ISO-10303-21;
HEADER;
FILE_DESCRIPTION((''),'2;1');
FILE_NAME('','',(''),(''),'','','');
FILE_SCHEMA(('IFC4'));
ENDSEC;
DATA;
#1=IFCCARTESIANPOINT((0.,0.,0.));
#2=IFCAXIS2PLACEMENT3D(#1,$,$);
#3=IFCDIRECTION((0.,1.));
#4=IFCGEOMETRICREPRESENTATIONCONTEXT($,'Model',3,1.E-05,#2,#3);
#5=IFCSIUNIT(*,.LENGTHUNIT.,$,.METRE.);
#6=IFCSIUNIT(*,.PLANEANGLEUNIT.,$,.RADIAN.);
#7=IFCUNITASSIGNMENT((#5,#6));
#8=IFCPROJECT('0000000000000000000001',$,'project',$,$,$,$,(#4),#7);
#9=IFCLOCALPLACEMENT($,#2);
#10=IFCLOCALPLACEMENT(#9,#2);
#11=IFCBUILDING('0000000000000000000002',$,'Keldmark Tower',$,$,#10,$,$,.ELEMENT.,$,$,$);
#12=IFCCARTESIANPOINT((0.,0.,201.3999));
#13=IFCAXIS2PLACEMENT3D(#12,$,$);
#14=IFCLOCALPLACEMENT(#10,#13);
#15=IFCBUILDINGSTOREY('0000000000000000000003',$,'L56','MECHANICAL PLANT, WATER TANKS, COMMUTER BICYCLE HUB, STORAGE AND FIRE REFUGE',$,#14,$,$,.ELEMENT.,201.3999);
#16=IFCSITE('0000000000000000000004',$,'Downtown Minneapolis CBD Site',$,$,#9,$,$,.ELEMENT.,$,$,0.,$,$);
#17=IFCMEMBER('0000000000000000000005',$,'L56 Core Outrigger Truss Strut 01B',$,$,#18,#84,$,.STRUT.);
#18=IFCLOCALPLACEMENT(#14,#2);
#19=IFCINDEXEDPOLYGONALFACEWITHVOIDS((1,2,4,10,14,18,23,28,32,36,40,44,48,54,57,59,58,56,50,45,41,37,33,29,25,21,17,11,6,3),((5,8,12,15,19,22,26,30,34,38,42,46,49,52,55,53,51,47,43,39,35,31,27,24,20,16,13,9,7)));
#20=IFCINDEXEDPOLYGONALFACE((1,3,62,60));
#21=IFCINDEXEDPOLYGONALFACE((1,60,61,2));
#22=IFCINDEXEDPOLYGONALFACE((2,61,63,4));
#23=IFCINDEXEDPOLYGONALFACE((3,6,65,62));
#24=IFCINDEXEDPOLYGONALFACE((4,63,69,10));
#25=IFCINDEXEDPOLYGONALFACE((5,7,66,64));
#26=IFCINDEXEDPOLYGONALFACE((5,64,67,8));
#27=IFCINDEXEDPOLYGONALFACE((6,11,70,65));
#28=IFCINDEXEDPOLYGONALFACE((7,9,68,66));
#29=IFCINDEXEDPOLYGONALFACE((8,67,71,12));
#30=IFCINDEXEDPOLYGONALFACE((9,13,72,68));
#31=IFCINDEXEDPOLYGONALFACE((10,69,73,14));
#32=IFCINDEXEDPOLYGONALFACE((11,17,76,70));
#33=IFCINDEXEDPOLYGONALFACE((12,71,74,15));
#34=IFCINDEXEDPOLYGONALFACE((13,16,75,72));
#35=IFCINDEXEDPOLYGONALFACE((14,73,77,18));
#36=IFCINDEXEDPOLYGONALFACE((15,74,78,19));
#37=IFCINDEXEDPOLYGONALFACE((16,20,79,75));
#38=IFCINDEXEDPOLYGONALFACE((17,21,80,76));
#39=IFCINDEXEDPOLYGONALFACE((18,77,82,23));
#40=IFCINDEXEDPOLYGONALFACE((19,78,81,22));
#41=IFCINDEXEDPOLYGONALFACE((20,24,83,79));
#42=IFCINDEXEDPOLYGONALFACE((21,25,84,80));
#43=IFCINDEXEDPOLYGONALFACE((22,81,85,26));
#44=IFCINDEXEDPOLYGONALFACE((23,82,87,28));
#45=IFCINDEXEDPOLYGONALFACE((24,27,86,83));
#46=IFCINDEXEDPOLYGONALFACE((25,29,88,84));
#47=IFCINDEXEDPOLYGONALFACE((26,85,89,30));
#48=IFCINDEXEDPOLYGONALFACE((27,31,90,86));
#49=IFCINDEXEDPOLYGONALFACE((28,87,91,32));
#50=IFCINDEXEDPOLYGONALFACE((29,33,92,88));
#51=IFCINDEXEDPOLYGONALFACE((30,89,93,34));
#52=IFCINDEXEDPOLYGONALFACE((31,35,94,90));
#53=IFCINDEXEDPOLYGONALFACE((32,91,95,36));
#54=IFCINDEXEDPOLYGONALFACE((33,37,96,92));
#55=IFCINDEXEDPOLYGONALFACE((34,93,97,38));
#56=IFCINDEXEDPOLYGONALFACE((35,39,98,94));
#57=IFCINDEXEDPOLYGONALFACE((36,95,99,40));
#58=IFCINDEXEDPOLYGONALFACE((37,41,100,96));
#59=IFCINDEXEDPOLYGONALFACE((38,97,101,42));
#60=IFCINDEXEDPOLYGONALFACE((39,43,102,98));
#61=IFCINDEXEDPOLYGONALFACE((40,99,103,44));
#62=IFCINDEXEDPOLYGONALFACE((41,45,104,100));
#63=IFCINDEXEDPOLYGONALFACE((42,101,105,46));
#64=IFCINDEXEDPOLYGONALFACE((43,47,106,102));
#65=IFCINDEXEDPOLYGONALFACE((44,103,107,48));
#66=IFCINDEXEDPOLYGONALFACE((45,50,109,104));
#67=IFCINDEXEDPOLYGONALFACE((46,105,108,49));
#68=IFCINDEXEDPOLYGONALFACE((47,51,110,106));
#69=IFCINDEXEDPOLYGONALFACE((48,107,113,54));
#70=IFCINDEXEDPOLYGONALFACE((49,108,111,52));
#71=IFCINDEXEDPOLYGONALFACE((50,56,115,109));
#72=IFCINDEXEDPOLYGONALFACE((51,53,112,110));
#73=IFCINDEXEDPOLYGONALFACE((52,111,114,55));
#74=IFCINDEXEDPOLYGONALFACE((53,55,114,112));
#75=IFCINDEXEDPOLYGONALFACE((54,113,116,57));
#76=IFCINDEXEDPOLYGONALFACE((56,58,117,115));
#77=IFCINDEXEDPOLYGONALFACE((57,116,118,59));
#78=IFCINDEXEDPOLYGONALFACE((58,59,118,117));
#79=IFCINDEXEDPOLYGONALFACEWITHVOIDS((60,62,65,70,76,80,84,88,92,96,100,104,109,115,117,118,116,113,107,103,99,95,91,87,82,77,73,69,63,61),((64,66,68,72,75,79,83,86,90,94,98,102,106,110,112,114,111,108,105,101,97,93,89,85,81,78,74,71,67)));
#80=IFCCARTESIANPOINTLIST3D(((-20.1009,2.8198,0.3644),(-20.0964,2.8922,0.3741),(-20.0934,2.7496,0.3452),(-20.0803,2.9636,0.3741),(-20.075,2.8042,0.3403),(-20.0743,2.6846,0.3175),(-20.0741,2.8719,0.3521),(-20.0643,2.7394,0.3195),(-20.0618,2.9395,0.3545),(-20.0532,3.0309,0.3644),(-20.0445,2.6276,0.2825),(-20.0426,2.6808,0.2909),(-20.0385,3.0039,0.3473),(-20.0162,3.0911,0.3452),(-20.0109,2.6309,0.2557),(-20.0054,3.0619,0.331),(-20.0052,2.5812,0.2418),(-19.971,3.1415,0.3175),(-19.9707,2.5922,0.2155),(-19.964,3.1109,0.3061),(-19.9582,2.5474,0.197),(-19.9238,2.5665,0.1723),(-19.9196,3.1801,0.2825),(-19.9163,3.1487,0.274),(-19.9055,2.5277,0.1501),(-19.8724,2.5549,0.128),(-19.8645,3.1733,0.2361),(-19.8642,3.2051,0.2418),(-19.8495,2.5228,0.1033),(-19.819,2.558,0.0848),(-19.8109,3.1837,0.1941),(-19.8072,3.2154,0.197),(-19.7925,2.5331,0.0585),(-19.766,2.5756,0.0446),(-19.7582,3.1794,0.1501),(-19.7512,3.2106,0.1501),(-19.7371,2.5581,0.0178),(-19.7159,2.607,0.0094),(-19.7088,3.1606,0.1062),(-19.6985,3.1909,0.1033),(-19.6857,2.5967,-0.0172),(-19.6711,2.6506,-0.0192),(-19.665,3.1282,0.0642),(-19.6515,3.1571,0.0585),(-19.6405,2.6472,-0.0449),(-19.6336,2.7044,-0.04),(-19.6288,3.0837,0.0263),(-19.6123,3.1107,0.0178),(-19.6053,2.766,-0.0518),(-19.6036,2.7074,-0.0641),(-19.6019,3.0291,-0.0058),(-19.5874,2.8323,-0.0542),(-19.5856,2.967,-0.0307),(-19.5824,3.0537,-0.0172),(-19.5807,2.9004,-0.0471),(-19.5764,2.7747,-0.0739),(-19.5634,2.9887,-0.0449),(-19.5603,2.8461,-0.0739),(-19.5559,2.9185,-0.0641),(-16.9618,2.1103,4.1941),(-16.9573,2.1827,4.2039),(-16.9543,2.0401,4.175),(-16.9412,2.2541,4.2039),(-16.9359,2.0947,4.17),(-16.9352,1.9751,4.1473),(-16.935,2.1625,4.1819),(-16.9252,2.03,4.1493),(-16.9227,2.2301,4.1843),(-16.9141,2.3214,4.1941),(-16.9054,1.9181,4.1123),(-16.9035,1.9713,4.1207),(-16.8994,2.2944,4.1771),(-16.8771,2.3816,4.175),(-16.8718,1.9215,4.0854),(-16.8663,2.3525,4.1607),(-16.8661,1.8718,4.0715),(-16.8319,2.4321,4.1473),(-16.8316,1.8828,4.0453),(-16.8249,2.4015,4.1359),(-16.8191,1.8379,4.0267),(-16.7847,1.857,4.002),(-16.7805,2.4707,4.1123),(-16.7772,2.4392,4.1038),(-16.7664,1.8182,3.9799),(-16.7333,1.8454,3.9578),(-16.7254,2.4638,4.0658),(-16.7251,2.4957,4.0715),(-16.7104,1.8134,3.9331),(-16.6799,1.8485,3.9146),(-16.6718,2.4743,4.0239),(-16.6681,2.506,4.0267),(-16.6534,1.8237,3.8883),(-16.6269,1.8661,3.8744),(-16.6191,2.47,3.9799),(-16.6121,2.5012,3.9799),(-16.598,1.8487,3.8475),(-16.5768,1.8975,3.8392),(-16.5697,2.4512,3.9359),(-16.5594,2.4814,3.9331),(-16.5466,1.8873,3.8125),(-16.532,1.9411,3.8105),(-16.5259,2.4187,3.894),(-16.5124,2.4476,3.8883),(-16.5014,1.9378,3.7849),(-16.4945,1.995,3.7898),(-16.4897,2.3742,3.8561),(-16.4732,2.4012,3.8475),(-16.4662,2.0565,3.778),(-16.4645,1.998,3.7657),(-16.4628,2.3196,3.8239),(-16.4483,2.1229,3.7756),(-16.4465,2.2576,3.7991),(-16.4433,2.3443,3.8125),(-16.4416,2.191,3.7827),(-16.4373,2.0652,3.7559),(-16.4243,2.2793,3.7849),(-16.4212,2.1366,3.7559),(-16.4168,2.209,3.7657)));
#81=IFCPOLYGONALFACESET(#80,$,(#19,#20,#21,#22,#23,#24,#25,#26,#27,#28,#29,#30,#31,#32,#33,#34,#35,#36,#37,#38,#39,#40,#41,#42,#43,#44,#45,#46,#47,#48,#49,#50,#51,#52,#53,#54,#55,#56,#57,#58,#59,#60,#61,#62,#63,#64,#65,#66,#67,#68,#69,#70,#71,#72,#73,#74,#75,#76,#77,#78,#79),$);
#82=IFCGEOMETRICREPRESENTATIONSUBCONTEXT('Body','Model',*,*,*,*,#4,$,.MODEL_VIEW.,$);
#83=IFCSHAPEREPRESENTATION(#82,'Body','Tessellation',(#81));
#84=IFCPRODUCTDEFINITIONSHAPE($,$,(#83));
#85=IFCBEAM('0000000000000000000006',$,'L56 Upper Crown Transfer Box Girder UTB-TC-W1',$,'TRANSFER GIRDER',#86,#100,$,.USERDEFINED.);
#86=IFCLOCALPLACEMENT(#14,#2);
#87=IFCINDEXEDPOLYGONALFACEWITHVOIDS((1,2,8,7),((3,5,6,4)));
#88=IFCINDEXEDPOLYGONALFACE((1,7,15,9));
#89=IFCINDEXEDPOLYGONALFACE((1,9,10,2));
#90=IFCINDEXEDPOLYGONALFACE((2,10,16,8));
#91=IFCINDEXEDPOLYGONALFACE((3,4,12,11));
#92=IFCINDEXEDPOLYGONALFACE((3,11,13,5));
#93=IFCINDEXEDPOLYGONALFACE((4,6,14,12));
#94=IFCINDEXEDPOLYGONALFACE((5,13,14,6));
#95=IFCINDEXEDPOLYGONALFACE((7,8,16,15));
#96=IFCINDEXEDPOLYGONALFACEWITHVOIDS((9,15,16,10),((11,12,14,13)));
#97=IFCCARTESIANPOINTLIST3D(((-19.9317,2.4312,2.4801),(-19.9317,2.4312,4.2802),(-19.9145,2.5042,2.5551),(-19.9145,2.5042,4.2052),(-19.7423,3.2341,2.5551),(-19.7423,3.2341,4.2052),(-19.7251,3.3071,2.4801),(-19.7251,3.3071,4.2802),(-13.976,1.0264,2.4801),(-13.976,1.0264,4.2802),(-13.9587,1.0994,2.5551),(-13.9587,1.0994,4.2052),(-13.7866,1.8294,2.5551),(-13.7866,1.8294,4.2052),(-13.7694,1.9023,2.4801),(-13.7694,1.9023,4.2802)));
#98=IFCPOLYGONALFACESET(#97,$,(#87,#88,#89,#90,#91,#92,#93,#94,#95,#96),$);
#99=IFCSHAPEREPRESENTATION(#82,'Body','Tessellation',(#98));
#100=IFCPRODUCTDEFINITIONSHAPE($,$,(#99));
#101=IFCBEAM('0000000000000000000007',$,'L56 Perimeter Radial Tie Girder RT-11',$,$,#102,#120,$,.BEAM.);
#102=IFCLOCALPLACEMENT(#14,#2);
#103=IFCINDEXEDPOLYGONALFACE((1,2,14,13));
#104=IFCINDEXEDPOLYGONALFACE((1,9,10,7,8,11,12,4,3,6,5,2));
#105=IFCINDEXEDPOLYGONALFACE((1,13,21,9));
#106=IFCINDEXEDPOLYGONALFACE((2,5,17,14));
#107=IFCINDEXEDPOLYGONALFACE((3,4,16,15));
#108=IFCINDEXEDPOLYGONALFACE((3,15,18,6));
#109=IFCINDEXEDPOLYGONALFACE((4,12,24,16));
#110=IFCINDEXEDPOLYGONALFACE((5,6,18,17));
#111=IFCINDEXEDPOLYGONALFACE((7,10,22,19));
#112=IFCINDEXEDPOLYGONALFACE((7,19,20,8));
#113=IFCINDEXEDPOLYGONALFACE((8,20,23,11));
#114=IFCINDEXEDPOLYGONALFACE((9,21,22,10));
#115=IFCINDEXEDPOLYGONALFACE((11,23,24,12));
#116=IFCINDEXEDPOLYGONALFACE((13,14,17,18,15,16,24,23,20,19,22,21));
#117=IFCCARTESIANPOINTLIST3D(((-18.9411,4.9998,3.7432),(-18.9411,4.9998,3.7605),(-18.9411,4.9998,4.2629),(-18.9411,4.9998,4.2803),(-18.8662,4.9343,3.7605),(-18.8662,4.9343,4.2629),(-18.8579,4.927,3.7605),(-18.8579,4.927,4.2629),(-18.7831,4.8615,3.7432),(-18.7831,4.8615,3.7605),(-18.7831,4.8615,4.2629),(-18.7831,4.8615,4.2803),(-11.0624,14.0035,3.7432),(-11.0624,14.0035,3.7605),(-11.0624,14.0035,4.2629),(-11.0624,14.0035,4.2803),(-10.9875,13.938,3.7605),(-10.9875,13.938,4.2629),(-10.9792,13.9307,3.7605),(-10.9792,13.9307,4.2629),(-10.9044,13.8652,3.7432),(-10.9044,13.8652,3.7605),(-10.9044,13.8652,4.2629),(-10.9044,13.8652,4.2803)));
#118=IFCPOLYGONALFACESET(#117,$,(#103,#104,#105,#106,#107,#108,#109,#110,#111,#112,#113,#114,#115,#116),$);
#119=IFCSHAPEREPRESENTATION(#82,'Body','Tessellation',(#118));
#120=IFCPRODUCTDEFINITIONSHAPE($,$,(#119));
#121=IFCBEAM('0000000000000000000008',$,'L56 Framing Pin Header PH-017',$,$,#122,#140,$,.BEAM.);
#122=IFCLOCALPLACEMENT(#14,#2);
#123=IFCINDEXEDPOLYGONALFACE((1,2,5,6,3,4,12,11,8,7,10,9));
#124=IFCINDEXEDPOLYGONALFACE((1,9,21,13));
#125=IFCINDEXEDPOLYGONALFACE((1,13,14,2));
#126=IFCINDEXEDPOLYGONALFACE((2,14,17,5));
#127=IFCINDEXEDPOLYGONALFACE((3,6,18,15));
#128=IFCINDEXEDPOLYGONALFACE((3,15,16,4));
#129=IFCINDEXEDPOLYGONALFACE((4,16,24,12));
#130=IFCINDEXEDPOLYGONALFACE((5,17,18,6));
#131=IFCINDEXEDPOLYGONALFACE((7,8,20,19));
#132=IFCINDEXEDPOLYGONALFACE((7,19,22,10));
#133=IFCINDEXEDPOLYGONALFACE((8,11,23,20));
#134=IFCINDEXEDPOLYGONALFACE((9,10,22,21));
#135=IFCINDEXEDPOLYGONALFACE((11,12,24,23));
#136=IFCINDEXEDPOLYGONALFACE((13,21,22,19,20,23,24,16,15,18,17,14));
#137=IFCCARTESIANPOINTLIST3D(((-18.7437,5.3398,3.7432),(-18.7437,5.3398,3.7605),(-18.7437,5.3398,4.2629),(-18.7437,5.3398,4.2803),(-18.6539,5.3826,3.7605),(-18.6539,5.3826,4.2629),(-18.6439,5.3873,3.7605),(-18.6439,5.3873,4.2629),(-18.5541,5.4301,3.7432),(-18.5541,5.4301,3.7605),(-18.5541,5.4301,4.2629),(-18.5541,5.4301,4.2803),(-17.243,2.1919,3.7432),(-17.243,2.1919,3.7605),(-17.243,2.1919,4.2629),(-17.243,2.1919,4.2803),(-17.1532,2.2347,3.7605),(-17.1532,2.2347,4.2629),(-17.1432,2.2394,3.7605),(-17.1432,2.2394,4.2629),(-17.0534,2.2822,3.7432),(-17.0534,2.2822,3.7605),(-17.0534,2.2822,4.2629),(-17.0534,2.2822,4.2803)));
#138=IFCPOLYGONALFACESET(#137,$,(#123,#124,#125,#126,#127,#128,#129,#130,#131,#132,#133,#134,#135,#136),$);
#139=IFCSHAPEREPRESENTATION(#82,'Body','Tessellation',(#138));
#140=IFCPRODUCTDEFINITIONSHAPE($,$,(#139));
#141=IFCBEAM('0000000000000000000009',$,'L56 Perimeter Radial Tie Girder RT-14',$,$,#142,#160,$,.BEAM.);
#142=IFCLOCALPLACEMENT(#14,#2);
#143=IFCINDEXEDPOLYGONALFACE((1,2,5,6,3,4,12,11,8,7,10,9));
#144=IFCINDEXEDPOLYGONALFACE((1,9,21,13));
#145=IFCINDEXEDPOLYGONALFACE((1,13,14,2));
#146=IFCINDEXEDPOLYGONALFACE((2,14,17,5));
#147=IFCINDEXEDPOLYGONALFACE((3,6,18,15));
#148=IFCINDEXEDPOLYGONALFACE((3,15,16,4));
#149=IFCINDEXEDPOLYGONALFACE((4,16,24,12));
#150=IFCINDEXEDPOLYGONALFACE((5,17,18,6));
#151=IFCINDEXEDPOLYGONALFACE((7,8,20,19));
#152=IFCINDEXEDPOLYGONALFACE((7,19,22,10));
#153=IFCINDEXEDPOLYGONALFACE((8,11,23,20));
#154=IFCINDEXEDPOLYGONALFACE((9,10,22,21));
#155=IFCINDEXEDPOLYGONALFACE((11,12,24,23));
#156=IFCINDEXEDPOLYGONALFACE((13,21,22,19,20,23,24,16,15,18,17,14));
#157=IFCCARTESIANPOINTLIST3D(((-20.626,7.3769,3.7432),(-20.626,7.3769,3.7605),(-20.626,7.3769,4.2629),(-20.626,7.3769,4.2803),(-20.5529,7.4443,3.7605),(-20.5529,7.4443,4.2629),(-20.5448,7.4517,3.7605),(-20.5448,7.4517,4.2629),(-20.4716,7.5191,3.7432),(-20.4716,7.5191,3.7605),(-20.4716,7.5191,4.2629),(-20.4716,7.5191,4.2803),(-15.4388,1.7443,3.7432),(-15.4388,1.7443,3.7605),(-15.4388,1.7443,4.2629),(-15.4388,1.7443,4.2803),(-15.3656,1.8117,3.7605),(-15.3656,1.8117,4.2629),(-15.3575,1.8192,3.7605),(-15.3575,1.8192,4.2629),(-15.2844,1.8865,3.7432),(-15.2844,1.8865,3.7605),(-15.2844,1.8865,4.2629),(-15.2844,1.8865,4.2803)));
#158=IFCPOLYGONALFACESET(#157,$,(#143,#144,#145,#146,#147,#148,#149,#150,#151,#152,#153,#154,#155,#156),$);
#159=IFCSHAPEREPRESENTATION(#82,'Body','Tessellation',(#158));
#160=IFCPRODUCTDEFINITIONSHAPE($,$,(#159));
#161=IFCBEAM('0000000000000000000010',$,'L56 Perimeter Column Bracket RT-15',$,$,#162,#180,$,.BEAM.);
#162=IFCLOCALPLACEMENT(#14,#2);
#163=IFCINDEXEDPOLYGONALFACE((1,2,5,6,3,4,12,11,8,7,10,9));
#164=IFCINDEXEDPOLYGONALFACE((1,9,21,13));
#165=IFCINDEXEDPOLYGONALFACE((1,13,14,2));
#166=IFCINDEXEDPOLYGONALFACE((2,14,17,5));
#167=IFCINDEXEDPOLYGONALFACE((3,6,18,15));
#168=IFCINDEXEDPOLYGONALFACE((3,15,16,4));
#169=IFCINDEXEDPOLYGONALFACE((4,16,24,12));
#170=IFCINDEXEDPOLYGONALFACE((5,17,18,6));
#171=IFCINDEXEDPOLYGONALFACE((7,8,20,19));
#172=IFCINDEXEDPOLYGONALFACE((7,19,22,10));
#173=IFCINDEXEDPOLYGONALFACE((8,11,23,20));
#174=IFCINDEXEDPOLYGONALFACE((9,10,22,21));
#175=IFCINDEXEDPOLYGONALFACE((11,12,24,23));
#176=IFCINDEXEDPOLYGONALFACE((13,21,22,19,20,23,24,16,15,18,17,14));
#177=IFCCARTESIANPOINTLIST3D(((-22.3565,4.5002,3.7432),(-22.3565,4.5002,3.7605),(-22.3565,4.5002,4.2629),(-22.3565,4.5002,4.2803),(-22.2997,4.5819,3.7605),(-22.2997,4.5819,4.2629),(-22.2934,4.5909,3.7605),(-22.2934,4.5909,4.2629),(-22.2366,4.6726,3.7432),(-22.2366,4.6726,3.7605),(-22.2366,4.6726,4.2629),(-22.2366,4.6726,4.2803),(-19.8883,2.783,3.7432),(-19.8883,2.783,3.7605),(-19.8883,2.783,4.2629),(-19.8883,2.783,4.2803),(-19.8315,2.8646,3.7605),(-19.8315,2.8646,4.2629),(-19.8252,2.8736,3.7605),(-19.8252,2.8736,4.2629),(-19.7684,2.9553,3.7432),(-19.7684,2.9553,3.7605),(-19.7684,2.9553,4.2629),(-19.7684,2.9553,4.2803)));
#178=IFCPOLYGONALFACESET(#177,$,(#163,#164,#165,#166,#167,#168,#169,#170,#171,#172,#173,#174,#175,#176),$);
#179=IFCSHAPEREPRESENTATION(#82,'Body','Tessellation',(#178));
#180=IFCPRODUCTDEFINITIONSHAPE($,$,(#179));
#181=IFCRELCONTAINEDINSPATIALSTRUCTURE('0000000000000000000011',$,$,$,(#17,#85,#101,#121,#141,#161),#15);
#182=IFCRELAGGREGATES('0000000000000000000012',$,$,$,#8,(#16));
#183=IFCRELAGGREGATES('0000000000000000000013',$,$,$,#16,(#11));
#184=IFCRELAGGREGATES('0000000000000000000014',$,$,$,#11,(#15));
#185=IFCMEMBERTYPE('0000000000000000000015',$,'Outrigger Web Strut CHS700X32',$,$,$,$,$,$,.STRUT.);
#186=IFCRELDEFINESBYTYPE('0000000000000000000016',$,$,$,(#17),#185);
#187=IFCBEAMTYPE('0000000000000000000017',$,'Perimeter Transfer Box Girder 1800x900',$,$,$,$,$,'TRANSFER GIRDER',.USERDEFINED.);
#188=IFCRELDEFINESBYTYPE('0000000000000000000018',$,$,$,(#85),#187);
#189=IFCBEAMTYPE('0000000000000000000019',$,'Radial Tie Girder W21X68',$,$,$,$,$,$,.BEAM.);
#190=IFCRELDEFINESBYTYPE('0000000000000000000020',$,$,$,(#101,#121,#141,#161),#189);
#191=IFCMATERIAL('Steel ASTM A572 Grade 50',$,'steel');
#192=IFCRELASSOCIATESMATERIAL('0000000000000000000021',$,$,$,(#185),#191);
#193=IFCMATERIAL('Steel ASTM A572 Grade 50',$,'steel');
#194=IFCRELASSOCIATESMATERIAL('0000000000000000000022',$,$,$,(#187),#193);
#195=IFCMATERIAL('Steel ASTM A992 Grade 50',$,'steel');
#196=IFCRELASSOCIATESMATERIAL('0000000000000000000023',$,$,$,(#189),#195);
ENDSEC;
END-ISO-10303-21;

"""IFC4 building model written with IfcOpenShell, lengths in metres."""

from ifc_helpers import new_model, si_unit, direction, frame, origin, origin_2d, place, context, subcontext, project, spatial, hollow_rectangle, hollow_circle, i_section, extrude, material, material_profile, profile_set, type_object, element, save


model = new_model("IFC4")

# Units and contexts
model_context = context("Model", 3, precision=1e-05, world=origin(), true_north=direction((0.0, 1.0)))
body_context = subcontext(model_context, "Body", "Model", "MODEL_VIEW")
ifc_project = project(units=[si_unit("LENGTHUNIT", "METRE"), si_unit("PLANEANGLEUNIT", "RADIAN")], contexts=[model_context])

# Site, building, storey
site_placement = place(None, origin())
site = spatial("IfcSite", under=ifc_project, at=site_placement, Name="Downtown Minneapolis CBD Site", CompositionType="ELEMENT", RefElevation=0.0)
building_placement = place(site_placement, origin())
building = spatial("IfcBuilding", under=site, at=building_placement, Name="Keldmark Tower", CompositionType="ELEMENT")
storey_placement = place(building_placement, frame((0.0, 0.0, 201.3999)))
storey = spatial("IfcBuildingStorey", under=building, at=storey_placement, Name="L56", Description="MECHANICAL PLANT, WATER TANKS, COMMUTER BICYCLE HUB, STORAGE AND FIRE REFUGE", CompositionType="ELEMENT", Elevation=201.3999)

# Member
ifc_material_1 = material(Name="Steel ASTM A572 Grade 50", Category="steel")
ifc_material_profile_1 = material_profile(ifc_material_1, hollow_circle(Radius=0.3501, WallThickness=0.032, at=origin_2d()), Name="CHS700X32")
ifc_profile_set_1 = profile_set([ifc_material_profile_1], Name="Steel ASTM A572 Grade 50")
member_type_1 = type_object("IfcMemberType", Name="Outrigger Web Strut CHS700X32", PredefinedType="STRUT", material=ifc_profile_set_1)
member_1_placement = place(storey_placement, frame((-19.8284, 2.8691, 0.1501), z_axis=(0.627515, -0.141823, 0.765579), x_axis=(0.220447, 0.975399, 0.0)))
element("IfcMember", 1, at=member_1_placement, inside=storey, type_object=member_type_1, Name="L56 Core Outrigger Truss Strut 01B", PredefinedType="STRUT", context=body_context, shape_type="SweptSolid", body=[
    extrude(hollow_circle(Radius=0.3501, WallThickness=0.032, at=origin_2d()), origin(), (0.0, 0.0, 1.0), 5.0024),
])

# Beams
ifc_material_2 = material(Name="Steel ASTM A572 Grade 50", Category="steel")
ifc_material_profile_2 = material_profile(ifc_material_2, hollow_rectangle(XDim=0.8999, YDim=1.8, WallThickness=0.075, at=origin_2d()), Name="TBOX1800X900X75")
ifc_profile_set_2 = profile_set([ifc_material_profile_2], Name="Steel ASTM A572 Grade 50")
beam_type_1 = type_object("IfcBeamType", Name="Perimeter Transfer Box Girder 1800x900", ElementType="TRANSFER GIRDER", PredefinedType="USERDEFINED", material=ifc_profile_set_2)
beam_1_placement = place(storey_placement, frame((-19.8284, 2.8691, 3.3801), z_axis=(0.973292, -0.229569, 0.0), x_axis=(0.229569, 0.973292, 0.0)))
element("IfcBeam", 2, at=beam_1_placement, inside=storey, type_object=beam_type_1, Name="L56 Upper Crown Transfer Box Girder UTB-TC-W1", ObjectType="TRANSFER GIRDER", PredefinedType="USERDEFINED", context=body_context, shape_type="SweptSolid", body=[
    extrude(hollow_rectangle(XDim=0.8999, YDim=1.8, WallThickness=0.075, at=origin_2d()), origin(), (0.0, 0.0, 1.0), 6.1191),
])
ifc_material_3 = material(Name="Steel ASTM A992 Grade 50", Category="steel")
ifc_material_profile_3 = material_profile(ifc_material_3, i_section(OverallWidth=0.21, OverallDepth=0.5371, WebThickness=0.011, FlangeThickness=0.0173, at=origin_2d()), Name="W21X68")
ifc_profile_set_3 = profile_set([ifc_material_profile_3], Name="Steel ASTM A992 Grade 50")
beam_type_2 = type_object("IfcBeamType", Name="Radial Tie Girder W21X68", PredefinedType="BEAM", material=ifc_profile_set_3)
beam_2_placement = place(storey_placement, frame((-18.8621, 4.9307, 4.0117), z_axis=(0.658526, 0.752558, 0.0), x_axis=(-0.752558, 0.658526, 0.0)))
element("IfcBeam", 3, at=beam_2_placement, inside=storey, type_object=beam_type_2, Name="L56 Perimeter Radial Tie Girder RT-11", PredefinedType="BEAM", context=body_context, shape_type="SweptSolid", body=[
    extrude(i_section(OverallWidth=0.21, OverallDepth=0.5371, WebThickness=0.011, FlangeThickness=0.0173, at=origin_2d()), origin(), (0.0, 0.0, 1.0), 11.9641),
])
beam_3_placement = place(storey_placement, frame((-17.1482, 2.2371, 4.0117), z_axis=(-0.430333, 0.90267, 0.0), x_axis=(-0.90267, -0.430333, 0.0)))
element("IfcBeam", 4, at=beam_3_placement, inside=storey, type_object=beam_type_2, Name="L56 Framing Pin Header PH-017", PredefinedType="BEAM", context=body_context, shape_type="SweptSolid", body=[
    extrude(i_section(OverallWidth=0.21, OverallDepth=0.5371, WebThickness=0.011, FlangeThickness=0.0173, at=origin_2d()), origin(), (0.0, 0.0, 1.0), 3.4873),
])
beam_4_placement = place(storey_placement, frame((-15.3616, 1.8154, 4.0117), z_axis=(-0.677431, 0.735586, 0.0), x_axis=(-0.735586, -0.677431, 0.0)))
element("IfcBeam", 5, at=beam_4_placement, inside=storey, type_object=beam_type_2, Name="L56 Perimeter Radial Tie Girder RT-14", PredefinedType="BEAM", context=body_context, shape_type="SweptSolid", body=[
    extrude(i_section(OverallWidth=0.21, OverallDepth=0.5371, WebThickness=0.011, FlangeThickness=0.0173, at=origin_2d()), origin(), (0.0, 0.0, 1.0), 7.6572),
])
beam_5_placement = place(storey_placement, frame((-19.8284, 2.8691, 4.0117), z_axis=(-0.820869, 0.571117, 0.0), x_axis=(-0.571117, -0.820869, 0.0)))
element("IfcBeam", 6, at=beam_5_placement, inside=storey, type_object=beam_type_2, Name="L56 Perimeter Column Bracket RT-15", PredefinedType="BEAM", context=body_context, shape_type="SweptSolid", body=[
    extrude(i_section(OverallWidth=0.21, OverallDepth=0.5371, WebThickness=0.011, FlangeThickness=0.0173, at=origin_2d()), origin(), (0.0, 0.0, 1.0), 3.0068),
])

save(model, "model.ifc")
